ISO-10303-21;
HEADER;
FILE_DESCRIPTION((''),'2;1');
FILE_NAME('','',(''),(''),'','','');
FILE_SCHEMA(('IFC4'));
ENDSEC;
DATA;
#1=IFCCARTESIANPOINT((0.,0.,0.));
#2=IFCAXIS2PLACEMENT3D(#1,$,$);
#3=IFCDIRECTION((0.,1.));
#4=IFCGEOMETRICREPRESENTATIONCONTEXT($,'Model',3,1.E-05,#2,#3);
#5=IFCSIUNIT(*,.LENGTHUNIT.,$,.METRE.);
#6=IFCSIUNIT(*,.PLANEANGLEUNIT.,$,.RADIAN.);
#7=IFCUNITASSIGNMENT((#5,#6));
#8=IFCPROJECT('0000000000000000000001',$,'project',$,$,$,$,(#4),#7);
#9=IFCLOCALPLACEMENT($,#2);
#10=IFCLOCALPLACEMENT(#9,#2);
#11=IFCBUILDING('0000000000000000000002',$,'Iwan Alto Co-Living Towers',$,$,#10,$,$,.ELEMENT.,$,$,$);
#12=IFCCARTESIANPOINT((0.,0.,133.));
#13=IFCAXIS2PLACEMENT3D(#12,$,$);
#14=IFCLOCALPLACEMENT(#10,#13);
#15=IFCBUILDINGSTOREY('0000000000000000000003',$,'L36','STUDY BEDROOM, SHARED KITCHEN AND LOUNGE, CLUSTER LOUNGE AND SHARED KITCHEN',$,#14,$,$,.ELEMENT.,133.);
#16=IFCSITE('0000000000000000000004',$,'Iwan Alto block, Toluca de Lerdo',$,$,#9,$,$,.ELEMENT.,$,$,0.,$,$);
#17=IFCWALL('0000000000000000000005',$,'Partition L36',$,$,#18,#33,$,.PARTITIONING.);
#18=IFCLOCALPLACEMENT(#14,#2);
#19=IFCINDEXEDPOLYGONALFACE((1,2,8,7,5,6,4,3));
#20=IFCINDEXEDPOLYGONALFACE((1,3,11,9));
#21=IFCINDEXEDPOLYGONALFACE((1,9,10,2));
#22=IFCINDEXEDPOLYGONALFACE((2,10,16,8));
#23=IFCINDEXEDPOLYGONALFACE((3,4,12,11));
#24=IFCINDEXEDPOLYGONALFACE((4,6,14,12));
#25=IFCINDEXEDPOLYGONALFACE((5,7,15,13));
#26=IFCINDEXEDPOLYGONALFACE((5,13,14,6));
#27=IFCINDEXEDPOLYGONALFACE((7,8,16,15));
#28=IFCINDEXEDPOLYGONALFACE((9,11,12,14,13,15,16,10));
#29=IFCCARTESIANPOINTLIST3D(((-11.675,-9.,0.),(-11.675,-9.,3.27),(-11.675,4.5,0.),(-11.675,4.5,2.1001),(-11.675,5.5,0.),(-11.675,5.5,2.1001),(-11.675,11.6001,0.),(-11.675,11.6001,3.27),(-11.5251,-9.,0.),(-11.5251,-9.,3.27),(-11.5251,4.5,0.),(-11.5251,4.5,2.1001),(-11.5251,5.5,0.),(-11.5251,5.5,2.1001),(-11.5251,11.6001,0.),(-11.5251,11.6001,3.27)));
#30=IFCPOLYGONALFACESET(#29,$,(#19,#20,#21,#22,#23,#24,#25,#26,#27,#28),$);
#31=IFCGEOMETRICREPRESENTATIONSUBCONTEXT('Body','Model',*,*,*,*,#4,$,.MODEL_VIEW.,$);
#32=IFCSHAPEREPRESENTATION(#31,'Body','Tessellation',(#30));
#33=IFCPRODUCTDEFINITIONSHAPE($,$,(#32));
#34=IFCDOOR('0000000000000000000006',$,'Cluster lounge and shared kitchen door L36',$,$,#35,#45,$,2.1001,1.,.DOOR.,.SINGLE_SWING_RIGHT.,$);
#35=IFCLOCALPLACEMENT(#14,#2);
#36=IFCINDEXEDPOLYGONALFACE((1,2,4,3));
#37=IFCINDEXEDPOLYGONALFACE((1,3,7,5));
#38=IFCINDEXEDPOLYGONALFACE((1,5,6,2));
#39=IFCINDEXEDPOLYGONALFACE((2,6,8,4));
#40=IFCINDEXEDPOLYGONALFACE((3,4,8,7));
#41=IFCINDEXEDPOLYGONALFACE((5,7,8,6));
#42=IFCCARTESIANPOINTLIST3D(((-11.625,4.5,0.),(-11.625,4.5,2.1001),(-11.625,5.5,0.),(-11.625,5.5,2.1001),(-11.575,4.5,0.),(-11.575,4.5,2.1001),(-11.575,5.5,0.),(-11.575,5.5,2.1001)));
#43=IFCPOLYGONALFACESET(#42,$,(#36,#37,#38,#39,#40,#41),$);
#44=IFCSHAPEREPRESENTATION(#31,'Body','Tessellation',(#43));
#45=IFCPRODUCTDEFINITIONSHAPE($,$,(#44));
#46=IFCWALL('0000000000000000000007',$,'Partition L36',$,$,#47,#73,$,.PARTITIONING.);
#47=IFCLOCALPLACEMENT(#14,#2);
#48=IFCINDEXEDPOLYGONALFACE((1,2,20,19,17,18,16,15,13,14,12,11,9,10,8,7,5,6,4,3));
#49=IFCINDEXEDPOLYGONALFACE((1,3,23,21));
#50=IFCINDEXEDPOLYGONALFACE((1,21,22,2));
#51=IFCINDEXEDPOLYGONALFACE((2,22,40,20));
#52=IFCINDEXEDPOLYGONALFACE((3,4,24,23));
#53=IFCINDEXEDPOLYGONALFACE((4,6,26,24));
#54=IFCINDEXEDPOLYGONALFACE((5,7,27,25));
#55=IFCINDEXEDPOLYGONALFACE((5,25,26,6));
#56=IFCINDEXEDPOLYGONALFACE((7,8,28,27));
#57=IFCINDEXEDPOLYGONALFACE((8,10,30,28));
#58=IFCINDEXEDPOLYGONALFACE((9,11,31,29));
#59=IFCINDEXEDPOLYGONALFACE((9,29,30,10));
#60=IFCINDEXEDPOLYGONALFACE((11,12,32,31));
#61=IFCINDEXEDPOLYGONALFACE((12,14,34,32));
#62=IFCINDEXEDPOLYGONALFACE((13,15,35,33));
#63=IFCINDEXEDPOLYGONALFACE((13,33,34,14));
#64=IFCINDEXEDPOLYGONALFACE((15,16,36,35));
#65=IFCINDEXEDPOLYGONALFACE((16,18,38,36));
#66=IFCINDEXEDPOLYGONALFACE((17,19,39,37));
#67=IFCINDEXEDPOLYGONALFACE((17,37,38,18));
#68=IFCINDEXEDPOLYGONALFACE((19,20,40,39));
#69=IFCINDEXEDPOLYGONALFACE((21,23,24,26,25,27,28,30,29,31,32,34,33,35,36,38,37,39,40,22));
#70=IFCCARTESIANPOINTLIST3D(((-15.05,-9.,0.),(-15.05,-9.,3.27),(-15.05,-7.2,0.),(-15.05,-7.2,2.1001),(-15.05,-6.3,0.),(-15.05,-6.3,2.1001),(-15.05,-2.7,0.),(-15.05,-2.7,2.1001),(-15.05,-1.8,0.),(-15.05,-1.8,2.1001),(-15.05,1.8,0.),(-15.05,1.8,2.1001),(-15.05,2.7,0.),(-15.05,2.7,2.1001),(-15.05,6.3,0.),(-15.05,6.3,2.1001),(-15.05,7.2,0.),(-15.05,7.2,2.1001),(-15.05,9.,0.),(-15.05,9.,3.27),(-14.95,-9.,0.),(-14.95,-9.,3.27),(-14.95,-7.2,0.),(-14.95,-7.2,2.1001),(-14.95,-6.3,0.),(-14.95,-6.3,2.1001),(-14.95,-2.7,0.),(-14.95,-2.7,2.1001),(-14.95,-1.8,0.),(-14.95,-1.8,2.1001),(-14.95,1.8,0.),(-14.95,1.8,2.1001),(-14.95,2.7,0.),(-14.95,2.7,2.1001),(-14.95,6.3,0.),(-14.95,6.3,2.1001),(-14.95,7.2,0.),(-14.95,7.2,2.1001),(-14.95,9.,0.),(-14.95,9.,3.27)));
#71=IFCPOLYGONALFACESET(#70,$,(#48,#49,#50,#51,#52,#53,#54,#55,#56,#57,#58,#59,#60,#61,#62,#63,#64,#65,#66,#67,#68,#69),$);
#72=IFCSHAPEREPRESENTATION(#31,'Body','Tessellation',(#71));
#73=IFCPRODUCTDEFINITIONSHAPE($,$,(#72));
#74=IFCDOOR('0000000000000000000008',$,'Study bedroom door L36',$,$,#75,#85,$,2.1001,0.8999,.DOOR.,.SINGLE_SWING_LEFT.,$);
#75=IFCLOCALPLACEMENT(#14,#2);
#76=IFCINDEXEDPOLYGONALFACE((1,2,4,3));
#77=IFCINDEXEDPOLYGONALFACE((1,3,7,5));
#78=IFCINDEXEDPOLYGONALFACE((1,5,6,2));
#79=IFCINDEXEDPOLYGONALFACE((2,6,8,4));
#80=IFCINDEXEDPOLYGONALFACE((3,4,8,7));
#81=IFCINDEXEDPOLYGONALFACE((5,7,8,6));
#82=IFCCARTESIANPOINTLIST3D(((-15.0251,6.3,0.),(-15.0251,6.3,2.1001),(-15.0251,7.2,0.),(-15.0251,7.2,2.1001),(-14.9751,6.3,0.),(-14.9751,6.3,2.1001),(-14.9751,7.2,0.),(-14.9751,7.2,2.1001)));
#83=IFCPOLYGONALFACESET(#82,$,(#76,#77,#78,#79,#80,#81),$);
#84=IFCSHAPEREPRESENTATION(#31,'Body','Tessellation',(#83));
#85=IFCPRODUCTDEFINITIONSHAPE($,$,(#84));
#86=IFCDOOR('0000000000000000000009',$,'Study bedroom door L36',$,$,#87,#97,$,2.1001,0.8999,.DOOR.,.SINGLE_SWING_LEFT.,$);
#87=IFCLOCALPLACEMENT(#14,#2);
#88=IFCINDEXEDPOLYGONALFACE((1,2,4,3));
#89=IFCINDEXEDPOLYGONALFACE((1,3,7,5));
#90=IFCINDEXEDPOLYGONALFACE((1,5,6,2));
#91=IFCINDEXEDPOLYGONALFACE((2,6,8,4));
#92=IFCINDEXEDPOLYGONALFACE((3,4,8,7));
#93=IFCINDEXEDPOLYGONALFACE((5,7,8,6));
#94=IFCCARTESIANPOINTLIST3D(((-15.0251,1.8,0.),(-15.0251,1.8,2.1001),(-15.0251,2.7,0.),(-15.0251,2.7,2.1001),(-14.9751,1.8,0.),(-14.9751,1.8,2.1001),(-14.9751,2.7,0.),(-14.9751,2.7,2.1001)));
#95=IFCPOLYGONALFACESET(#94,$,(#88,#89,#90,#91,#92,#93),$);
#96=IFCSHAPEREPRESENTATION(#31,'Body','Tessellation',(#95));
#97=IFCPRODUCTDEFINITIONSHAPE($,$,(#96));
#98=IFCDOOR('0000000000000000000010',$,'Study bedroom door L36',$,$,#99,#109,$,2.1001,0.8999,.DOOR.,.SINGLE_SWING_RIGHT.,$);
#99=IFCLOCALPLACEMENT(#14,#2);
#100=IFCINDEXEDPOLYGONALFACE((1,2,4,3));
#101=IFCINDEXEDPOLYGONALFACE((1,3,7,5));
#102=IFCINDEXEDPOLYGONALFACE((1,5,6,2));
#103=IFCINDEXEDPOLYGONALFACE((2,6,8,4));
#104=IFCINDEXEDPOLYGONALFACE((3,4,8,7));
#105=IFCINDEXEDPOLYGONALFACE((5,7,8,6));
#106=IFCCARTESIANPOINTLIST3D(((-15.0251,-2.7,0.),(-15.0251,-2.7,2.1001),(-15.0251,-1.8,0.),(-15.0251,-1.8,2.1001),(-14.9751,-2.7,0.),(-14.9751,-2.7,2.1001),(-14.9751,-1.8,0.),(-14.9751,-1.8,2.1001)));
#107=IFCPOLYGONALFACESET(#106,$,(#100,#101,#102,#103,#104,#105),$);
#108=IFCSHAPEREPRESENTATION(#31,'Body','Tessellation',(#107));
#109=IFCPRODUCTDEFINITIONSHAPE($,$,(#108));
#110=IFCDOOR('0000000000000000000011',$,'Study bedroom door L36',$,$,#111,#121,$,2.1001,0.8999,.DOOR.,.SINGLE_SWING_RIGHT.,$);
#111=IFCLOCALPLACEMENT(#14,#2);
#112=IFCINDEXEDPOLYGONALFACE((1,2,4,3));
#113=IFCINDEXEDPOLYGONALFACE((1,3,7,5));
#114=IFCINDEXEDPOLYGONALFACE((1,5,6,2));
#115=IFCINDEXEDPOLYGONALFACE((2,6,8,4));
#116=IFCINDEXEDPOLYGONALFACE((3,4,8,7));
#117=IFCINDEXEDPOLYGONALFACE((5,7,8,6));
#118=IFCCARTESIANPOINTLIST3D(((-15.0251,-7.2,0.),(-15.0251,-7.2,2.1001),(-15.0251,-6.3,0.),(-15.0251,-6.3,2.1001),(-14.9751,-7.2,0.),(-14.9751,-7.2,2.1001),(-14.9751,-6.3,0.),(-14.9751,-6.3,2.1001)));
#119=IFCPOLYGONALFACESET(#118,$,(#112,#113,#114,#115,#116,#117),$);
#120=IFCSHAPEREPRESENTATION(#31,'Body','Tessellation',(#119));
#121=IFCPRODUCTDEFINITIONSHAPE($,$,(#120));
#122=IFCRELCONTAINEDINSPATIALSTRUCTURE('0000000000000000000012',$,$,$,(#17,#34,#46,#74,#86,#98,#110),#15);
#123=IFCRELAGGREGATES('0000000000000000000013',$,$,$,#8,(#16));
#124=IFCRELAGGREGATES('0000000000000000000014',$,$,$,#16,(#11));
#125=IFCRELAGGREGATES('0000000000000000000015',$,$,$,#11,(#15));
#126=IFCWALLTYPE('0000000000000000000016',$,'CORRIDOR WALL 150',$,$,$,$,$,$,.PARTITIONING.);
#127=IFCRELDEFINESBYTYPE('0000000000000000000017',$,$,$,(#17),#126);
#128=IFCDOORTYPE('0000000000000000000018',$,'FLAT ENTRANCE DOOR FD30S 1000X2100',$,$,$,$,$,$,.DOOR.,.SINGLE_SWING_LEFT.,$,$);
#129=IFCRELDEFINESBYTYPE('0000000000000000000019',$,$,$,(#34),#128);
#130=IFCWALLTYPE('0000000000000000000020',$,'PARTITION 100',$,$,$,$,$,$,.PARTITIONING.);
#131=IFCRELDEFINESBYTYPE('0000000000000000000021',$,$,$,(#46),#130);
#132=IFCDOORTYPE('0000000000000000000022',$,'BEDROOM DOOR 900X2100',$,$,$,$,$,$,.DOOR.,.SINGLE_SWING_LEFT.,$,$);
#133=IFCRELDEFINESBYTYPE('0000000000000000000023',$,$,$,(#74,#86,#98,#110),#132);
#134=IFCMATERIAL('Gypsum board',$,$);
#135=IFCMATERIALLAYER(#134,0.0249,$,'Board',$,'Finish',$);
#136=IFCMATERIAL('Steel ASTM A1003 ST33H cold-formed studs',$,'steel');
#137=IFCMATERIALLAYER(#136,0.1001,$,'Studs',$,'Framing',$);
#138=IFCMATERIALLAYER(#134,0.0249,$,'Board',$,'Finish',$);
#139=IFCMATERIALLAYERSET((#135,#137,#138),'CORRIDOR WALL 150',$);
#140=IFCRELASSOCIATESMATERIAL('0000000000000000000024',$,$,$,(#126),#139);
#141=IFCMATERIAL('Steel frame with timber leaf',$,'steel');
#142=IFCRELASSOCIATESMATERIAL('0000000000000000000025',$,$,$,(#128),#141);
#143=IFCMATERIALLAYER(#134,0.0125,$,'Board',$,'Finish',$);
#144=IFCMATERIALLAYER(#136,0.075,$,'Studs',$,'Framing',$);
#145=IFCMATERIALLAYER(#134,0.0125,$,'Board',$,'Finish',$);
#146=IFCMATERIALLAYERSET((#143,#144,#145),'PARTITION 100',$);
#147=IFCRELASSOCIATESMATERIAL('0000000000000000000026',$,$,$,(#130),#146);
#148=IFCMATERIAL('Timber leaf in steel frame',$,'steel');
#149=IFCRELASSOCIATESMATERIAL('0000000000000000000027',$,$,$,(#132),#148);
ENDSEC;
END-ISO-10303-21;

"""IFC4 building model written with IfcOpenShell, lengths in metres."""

from ifc_helpers import new_model, si_unit, direction, frame, frame_2d, origin, place, context, subcontext, project, spatial, rectangle, extrude, material, layer, layer_set, type_object, element, fill, save


model = new_model("IFC4")

# Units and contexts
model_context = context("Model", 3, precision=1e-05, world=origin(), true_north=direction((0.0, 1.0)))
body_context = subcontext(model_context, "Body", "Model", "MODEL_VIEW")
ifc_project = project(units=[si_unit("LENGTHUNIT", "METRE"), si_unit("PLANEANGLEUNIT", "RADIAN")], contexts=[model_context])

# Site, building, storey
site_placement = place(None, origin())
site = spatial("IfcSite", under=ifc_project, at=site_placement, Name="Iwan Alto block, Toluca de Lerdo", CompositionType="ELEMENT", RefElevation=0.0)
building_placement = place(site_placement, origin())
building = spatial("IfcBuilding", under=site, at=building_placement, Name="Iwan Alto Co-Living Towers", CompositionType="ELEMENT")
storey_placement = place(building_placement, frame((0.0, 0.0, 133.0)))
storey = spatial("IfcBuildingStorey", under=building, at=storey_placement, Name="L36", Description="STUDY BEDROOM, SHARED KITCHEN AND LOUNGE, CLUSTER LOUNGE AND SHARED KITCHEN", CompositionType="ELEMENT", Elevation=133.0)

# Wall, opening, door
ifc_material_1 = material(Name="Gypsum board")
ifc_layer_1 = layer(ifc_material_1, 0.0249, Name="Board", Category="Finish")
ifc_material_2 = material(Name="Steel ASTM A1003 ST33H cold-formed studs", Category="steel")
ifc_layer_2 = layer(ifc_material_2, 0.1001, Name="Studs", Category="Framing")
ifc_layer_3 = layer(ifc_material_1, 0.0249, Name="Board", Category="Finish")
ifc_layer_set_1 = layer_set([ifc_layer_1, ifc_layer_2, ifc_layer_3], Name="CORRIDOR WALL 150")
wall_type_1 = type_object("IfcWallType", Name="CORRIDOR WALL 150", PredefinedType="PARTITIONING", material=ifc_layer_set_1)
wall_1_placement = place(storey_placement, frame((-11.6001, -9.0, 0.0), z_axis=(0.0, 0.0, 1.0), x_axis=(0.0, 1.0, 0.0)))
wall_1 = element("IfcWall", 1, at=wall_1_placement, inside=storey, type_object=wall_type_1, Name="Partition L36", PredefinedType="PARTITIONING", context=body_context, shape_type="SweptSolid", body=[
    extrude(rectangle(XDim=20.6001, YDim=0.1499, at=frame_2d((10.3, 0.0))), origin(), (0.0, 0.0, 1.0), 3.27),
])
opening_1_placement = place(wall_1_placement, frame((13.5, 0.0, 0.0)))
opening_1 = element("IfcOpeningElement", 2, at=opening_1_placement, cuts=wall_1, PredefinedType="OPENING", context=body_context, shape_type="SweptSolid", body=[
    extrude(rectangle(XDim=1.0, YDim=2.1001, at=frame_2d((0.5, 1.05))), frame((0.0, 0.085, 0.0), z_axis=(0.0, -1.0, 0.0), x_axis=(1.0, 0.0, 0.0)), (0.0, 0.0, 1.0), 0.1699),
])
ifc_material_3 = material(Name="Steel frame with timber leaf", Category="steel")
door_type_1 = type_object("IfcDoorType", Name="FLAT ENTRANCE DOOR FD30S 1000X2100", OperationType="SINGLE_SWING_LEFT", PredefinedType="DOOR", material=ifc_material_3)
door_1_placement = place(opening_1_placement, origin())
door_1 = element("IfcDoor", 3, at=door_1_placement, inside=storey, type_object=door_type_1, Name="Cluster lounge and shared kitchen door L36", OperationType="SINGLE_SWING_RIGHT", OverallHeight=2.1001, OverallWidth=1.0, PredefinedType="DOOR", context=body_context, shape_type="SweptSolid", body=[
    extrude(rectangle(XDim=1.0, YDim=2.1001, at=frame_2d((0.5, 1.05))), frame((0.0, 0.0249, 0.0), z_axis=(0.0, -1.0, 0.0), x_axis=(1.0, 0.0, 0.0)), (0.0, 0.0, 1.0), 0.05),
])
fill(opening_1, door_1)

# Wall, openings, doors
ifc_layer_4 = layer(ifc_material_1, 0.0125, Name="Board", Category="Finish")
ifc_layer_5 = layer(ifc_material_2, 0.075, Name="Studs", Category="Framing")
ifc_layer_6 = layer(ifc_material_1, 0.0125, Name="Board", Category="Finish")
ifc_layer_set_2 = layer_set([ifc_layer_4, ifc_layer_5, ifc_layer_6], Name="PARTITION 100")
wall_type_2 = type_object("IfcWallType", Name="PARTITION 100", PredefinedType="PARTITIONING", material=ifc_layer_set_2)
wall_2_placement = place(storey_placement, frame((-15.0, -9.0, 0.0), z_axis=(0.0, 0.0, 1.0), x_axis=(0.0, 1.0, 0.0)))
wall_2 = element("IfcWall", 4, at=wall_2_placement, inside=storey, type_object=wall_type_2, Name="Partition L36", PredefinedType="PARTITIONING", context=body_context, shape_type="SweptSolid", body=[
    extrude(rectangle(XDim=18.0, YDim=0.1001, at=frame_2d((9.0, 0.0))), origin(), (0.0, 0.0, 1.0), 3.27),
])
opening_2_placement = place(wall_2_placement, frame((15.3, 0.0, 0.0)))
opening_2 = element("IfcOpeningElement", 5, at=opening_2_placement, cuts=wall_2, PredefinedType="OPENING", context=body_context, shape_type="SweptSolid", body=[
    extrude(rectangle(XDim=0.8999, YDim=2.1001, at=frame_2d((0.45, 1.05))), frame((0.0, 0.0601, 0.0), z_axis=(0.0, -1.0, 0.0), x_axis=(1.0, 0.0, 0.0)), (0.0, 0.0, 1.0), 0.1201),
])
opening_3_placement = place(wall_2_placement, frame((10.8, 0.0, 0.0)))
opening_3 = element("IfcOpeningElement", 6, at=opening_3_placement, cuts=wall_2, PredefinedType="OPENING", context=body_context, shape_type="SweptSolid", body=[
    extrude(rectangle(XDim=0.8999, YDim=2.1001, at=frame_2d((0.45, 1.05))), frame((0.0, 0.0601, 0.0), z_axis=(0.0, -1.0, 0.0), x_axis=(1.0, 0.0, 0.0)), (0.0, 0.0, 1.0), 0.1201),
])
opening_4_placement = place(wall_2_placement, frame((6.3, 0.0, 0.0)))
opening_4 = element("IfcOpeningElement", 7, at=opening_4_placement, cuts=wall_2, PredefinedType="OPENING", context=body_context, shape_type="SweptSolid", body=[
    extrude(rectangle(XDim=0.8999, YDim=2.1001, at=frame_2d((0.45, 1.05))), frame((0.0, 0.0601, 0.0), z_axis=(0.0, -1.0, 0.0), x_axis=(1.0, 0.0, 0.0)), (0.0, 0.0, 1.0), 0.1201),
])
opening_5_placement = place(wall_2_placement, frame((1.8, 0.0, 0.0)))
opening_5 = element("IfcOpeningElement", 8, at=opening_5_placement, cuts=wall_2, PredefinedType="OPENING", context=body_context, shape_type="SweptSolid", body=[
    extrude(rectangle(XDim=0.8999, YDim=2.1001, at=frame_2d((0.45, 1.05))), frame((0.0, 0.0601, 0.0), z_axis=(0.0, -1.0, 0.0), x_axis=(1.0, 0.0, 0.0)), (0.0, 0.0, 1.0), 0.1201),
])
ifc_material_4 = material(Name="Timber leaf in steel frame", Category="steel")
door_type_2 = type_object("IfcDoorType", Name="BEDROOM DOOR 900X2100", OperationType="SINGLE_SWING_LEFT", PredefinedType="DOOR", material=ifc_material_4)
door_2_placement = place(opening_2_placement, frame((0.8999, 0.0, 0.0), z_axis=(0.0, 0.0, 1.0), x_axis=(-1.0, 0.0, 0.0)))
door_2 = element("IfcDoor", 9, at=door_2_placement, inside=storey, type_object=door_type_2, Name="Study bedroom door L36", OperationType="SINGLE_SWING_LEFT", OverallHeight=2.1001, OverallWidth=0.8999, PredefinedType="DOOR", context=body_context, shape_type="SweptSolid", body=[
    extrude(rectangle(XDim=0.8999, YDim=2.1001, at=frame_2d((0.45, 1.05))), frame((0.0, 0.0249, 0.0), z_axis=(0.0, -1.0, 0.0), x_axis=(1.0, 0.0, 0.0)), (0.0, 0.0, 1.0), 0.05),
])
fill(opening_2, door_2)
door_3_placement = place(opening_3_placement, frame((0.8999, 0.0, 0.0), z_axis=(0.0, 0.0, 1.0), x_axis=(-1.0, 0.0, 0.0)))
door_3 = element("IfcDoor", 10, at=door_3_placement, inside=storey, type_object=door_type_2, Name="Study bedroom door L36", OperationType="SINGLE_SWING_LEFT", OverallHeight=2.1001, OverallWidth=0.8999, PredefinedType="DOOR", context=body_context, shape_type="SweptSolid", body=[
    extrude(rectangle(XDim=0.8999, YDim=2.1001, at=frame_2d((0.45, 1.05))), frame((0.0, 0.0249, 0.0), z_axis=(0.0, -1.0, 0.0), x_axis=(1.0, 0.0, 0.0)), (0.0, 0.0, 1.0), 0.05),
])
fill(opening_3, door_3)
door_4_placement = place(opening_4_placement, frame((0.8999, 0.0, 0.0), z_axis=(0.0, 0.0, 1.0), x_axis=(-1.0, 0.0, 0.0)))
door_4 = element("IfcDoor", 11, at=door_4_placement, inside=storey, type_object=door_type_2, Name="Study bedroom door L36", OperationType="SINGLE_SWING_RIGHT", OverallHeight=2.1001, OverallWidth=0.8999, PredefinedType="DOOR", context=body_context, shape_type="SweptSolid", body=[
    extrude(rectangle(XDim=0.8999, YDim=2.1001, at=frame_2d((0.45, 1.05))), frame((0.0, 0.0249, 0.0), z_axis=(0.0, -1.0, 0.0), x_axis=(1.0, 0.0, 0.0)), (0.0, 0.0, 1.0), 0.05),
])
fill(opening_4, door_4)
door_5_placement = place(opening_5_placement, frame((0.8999, 0.0, 0.0), z_axis=(0.0, 0.0, 1.0), x_axis=(-1.0, 0.0, 0.0)))
door_5 = element("IfcDoor", 12, at=door_5_placement, inside=storey, type_object=door_type_2, Name="Study bedroom door L36", OperationType="SINGLE_SWING_RIGHT", OverallHeight=2.1001, OverallWidth=0.8999, PredefinedType="DOOR", context=body_context, shape_type="SweptSolid", body=[
    extrude(rectangle(XDim=0.8999, YDim=2.1001, at=frame_2d((0.45, 1.05))), frame((0.0, 0.0249, 0.0), z_axis=(0.0, -1.0, 0.0), x_axis=(1.0, 0.0, 0.0)), (0.0, 0.0, 1.0), 0.05),
])
fill(opening_5, door_5)

save(model, "model.ifc")
